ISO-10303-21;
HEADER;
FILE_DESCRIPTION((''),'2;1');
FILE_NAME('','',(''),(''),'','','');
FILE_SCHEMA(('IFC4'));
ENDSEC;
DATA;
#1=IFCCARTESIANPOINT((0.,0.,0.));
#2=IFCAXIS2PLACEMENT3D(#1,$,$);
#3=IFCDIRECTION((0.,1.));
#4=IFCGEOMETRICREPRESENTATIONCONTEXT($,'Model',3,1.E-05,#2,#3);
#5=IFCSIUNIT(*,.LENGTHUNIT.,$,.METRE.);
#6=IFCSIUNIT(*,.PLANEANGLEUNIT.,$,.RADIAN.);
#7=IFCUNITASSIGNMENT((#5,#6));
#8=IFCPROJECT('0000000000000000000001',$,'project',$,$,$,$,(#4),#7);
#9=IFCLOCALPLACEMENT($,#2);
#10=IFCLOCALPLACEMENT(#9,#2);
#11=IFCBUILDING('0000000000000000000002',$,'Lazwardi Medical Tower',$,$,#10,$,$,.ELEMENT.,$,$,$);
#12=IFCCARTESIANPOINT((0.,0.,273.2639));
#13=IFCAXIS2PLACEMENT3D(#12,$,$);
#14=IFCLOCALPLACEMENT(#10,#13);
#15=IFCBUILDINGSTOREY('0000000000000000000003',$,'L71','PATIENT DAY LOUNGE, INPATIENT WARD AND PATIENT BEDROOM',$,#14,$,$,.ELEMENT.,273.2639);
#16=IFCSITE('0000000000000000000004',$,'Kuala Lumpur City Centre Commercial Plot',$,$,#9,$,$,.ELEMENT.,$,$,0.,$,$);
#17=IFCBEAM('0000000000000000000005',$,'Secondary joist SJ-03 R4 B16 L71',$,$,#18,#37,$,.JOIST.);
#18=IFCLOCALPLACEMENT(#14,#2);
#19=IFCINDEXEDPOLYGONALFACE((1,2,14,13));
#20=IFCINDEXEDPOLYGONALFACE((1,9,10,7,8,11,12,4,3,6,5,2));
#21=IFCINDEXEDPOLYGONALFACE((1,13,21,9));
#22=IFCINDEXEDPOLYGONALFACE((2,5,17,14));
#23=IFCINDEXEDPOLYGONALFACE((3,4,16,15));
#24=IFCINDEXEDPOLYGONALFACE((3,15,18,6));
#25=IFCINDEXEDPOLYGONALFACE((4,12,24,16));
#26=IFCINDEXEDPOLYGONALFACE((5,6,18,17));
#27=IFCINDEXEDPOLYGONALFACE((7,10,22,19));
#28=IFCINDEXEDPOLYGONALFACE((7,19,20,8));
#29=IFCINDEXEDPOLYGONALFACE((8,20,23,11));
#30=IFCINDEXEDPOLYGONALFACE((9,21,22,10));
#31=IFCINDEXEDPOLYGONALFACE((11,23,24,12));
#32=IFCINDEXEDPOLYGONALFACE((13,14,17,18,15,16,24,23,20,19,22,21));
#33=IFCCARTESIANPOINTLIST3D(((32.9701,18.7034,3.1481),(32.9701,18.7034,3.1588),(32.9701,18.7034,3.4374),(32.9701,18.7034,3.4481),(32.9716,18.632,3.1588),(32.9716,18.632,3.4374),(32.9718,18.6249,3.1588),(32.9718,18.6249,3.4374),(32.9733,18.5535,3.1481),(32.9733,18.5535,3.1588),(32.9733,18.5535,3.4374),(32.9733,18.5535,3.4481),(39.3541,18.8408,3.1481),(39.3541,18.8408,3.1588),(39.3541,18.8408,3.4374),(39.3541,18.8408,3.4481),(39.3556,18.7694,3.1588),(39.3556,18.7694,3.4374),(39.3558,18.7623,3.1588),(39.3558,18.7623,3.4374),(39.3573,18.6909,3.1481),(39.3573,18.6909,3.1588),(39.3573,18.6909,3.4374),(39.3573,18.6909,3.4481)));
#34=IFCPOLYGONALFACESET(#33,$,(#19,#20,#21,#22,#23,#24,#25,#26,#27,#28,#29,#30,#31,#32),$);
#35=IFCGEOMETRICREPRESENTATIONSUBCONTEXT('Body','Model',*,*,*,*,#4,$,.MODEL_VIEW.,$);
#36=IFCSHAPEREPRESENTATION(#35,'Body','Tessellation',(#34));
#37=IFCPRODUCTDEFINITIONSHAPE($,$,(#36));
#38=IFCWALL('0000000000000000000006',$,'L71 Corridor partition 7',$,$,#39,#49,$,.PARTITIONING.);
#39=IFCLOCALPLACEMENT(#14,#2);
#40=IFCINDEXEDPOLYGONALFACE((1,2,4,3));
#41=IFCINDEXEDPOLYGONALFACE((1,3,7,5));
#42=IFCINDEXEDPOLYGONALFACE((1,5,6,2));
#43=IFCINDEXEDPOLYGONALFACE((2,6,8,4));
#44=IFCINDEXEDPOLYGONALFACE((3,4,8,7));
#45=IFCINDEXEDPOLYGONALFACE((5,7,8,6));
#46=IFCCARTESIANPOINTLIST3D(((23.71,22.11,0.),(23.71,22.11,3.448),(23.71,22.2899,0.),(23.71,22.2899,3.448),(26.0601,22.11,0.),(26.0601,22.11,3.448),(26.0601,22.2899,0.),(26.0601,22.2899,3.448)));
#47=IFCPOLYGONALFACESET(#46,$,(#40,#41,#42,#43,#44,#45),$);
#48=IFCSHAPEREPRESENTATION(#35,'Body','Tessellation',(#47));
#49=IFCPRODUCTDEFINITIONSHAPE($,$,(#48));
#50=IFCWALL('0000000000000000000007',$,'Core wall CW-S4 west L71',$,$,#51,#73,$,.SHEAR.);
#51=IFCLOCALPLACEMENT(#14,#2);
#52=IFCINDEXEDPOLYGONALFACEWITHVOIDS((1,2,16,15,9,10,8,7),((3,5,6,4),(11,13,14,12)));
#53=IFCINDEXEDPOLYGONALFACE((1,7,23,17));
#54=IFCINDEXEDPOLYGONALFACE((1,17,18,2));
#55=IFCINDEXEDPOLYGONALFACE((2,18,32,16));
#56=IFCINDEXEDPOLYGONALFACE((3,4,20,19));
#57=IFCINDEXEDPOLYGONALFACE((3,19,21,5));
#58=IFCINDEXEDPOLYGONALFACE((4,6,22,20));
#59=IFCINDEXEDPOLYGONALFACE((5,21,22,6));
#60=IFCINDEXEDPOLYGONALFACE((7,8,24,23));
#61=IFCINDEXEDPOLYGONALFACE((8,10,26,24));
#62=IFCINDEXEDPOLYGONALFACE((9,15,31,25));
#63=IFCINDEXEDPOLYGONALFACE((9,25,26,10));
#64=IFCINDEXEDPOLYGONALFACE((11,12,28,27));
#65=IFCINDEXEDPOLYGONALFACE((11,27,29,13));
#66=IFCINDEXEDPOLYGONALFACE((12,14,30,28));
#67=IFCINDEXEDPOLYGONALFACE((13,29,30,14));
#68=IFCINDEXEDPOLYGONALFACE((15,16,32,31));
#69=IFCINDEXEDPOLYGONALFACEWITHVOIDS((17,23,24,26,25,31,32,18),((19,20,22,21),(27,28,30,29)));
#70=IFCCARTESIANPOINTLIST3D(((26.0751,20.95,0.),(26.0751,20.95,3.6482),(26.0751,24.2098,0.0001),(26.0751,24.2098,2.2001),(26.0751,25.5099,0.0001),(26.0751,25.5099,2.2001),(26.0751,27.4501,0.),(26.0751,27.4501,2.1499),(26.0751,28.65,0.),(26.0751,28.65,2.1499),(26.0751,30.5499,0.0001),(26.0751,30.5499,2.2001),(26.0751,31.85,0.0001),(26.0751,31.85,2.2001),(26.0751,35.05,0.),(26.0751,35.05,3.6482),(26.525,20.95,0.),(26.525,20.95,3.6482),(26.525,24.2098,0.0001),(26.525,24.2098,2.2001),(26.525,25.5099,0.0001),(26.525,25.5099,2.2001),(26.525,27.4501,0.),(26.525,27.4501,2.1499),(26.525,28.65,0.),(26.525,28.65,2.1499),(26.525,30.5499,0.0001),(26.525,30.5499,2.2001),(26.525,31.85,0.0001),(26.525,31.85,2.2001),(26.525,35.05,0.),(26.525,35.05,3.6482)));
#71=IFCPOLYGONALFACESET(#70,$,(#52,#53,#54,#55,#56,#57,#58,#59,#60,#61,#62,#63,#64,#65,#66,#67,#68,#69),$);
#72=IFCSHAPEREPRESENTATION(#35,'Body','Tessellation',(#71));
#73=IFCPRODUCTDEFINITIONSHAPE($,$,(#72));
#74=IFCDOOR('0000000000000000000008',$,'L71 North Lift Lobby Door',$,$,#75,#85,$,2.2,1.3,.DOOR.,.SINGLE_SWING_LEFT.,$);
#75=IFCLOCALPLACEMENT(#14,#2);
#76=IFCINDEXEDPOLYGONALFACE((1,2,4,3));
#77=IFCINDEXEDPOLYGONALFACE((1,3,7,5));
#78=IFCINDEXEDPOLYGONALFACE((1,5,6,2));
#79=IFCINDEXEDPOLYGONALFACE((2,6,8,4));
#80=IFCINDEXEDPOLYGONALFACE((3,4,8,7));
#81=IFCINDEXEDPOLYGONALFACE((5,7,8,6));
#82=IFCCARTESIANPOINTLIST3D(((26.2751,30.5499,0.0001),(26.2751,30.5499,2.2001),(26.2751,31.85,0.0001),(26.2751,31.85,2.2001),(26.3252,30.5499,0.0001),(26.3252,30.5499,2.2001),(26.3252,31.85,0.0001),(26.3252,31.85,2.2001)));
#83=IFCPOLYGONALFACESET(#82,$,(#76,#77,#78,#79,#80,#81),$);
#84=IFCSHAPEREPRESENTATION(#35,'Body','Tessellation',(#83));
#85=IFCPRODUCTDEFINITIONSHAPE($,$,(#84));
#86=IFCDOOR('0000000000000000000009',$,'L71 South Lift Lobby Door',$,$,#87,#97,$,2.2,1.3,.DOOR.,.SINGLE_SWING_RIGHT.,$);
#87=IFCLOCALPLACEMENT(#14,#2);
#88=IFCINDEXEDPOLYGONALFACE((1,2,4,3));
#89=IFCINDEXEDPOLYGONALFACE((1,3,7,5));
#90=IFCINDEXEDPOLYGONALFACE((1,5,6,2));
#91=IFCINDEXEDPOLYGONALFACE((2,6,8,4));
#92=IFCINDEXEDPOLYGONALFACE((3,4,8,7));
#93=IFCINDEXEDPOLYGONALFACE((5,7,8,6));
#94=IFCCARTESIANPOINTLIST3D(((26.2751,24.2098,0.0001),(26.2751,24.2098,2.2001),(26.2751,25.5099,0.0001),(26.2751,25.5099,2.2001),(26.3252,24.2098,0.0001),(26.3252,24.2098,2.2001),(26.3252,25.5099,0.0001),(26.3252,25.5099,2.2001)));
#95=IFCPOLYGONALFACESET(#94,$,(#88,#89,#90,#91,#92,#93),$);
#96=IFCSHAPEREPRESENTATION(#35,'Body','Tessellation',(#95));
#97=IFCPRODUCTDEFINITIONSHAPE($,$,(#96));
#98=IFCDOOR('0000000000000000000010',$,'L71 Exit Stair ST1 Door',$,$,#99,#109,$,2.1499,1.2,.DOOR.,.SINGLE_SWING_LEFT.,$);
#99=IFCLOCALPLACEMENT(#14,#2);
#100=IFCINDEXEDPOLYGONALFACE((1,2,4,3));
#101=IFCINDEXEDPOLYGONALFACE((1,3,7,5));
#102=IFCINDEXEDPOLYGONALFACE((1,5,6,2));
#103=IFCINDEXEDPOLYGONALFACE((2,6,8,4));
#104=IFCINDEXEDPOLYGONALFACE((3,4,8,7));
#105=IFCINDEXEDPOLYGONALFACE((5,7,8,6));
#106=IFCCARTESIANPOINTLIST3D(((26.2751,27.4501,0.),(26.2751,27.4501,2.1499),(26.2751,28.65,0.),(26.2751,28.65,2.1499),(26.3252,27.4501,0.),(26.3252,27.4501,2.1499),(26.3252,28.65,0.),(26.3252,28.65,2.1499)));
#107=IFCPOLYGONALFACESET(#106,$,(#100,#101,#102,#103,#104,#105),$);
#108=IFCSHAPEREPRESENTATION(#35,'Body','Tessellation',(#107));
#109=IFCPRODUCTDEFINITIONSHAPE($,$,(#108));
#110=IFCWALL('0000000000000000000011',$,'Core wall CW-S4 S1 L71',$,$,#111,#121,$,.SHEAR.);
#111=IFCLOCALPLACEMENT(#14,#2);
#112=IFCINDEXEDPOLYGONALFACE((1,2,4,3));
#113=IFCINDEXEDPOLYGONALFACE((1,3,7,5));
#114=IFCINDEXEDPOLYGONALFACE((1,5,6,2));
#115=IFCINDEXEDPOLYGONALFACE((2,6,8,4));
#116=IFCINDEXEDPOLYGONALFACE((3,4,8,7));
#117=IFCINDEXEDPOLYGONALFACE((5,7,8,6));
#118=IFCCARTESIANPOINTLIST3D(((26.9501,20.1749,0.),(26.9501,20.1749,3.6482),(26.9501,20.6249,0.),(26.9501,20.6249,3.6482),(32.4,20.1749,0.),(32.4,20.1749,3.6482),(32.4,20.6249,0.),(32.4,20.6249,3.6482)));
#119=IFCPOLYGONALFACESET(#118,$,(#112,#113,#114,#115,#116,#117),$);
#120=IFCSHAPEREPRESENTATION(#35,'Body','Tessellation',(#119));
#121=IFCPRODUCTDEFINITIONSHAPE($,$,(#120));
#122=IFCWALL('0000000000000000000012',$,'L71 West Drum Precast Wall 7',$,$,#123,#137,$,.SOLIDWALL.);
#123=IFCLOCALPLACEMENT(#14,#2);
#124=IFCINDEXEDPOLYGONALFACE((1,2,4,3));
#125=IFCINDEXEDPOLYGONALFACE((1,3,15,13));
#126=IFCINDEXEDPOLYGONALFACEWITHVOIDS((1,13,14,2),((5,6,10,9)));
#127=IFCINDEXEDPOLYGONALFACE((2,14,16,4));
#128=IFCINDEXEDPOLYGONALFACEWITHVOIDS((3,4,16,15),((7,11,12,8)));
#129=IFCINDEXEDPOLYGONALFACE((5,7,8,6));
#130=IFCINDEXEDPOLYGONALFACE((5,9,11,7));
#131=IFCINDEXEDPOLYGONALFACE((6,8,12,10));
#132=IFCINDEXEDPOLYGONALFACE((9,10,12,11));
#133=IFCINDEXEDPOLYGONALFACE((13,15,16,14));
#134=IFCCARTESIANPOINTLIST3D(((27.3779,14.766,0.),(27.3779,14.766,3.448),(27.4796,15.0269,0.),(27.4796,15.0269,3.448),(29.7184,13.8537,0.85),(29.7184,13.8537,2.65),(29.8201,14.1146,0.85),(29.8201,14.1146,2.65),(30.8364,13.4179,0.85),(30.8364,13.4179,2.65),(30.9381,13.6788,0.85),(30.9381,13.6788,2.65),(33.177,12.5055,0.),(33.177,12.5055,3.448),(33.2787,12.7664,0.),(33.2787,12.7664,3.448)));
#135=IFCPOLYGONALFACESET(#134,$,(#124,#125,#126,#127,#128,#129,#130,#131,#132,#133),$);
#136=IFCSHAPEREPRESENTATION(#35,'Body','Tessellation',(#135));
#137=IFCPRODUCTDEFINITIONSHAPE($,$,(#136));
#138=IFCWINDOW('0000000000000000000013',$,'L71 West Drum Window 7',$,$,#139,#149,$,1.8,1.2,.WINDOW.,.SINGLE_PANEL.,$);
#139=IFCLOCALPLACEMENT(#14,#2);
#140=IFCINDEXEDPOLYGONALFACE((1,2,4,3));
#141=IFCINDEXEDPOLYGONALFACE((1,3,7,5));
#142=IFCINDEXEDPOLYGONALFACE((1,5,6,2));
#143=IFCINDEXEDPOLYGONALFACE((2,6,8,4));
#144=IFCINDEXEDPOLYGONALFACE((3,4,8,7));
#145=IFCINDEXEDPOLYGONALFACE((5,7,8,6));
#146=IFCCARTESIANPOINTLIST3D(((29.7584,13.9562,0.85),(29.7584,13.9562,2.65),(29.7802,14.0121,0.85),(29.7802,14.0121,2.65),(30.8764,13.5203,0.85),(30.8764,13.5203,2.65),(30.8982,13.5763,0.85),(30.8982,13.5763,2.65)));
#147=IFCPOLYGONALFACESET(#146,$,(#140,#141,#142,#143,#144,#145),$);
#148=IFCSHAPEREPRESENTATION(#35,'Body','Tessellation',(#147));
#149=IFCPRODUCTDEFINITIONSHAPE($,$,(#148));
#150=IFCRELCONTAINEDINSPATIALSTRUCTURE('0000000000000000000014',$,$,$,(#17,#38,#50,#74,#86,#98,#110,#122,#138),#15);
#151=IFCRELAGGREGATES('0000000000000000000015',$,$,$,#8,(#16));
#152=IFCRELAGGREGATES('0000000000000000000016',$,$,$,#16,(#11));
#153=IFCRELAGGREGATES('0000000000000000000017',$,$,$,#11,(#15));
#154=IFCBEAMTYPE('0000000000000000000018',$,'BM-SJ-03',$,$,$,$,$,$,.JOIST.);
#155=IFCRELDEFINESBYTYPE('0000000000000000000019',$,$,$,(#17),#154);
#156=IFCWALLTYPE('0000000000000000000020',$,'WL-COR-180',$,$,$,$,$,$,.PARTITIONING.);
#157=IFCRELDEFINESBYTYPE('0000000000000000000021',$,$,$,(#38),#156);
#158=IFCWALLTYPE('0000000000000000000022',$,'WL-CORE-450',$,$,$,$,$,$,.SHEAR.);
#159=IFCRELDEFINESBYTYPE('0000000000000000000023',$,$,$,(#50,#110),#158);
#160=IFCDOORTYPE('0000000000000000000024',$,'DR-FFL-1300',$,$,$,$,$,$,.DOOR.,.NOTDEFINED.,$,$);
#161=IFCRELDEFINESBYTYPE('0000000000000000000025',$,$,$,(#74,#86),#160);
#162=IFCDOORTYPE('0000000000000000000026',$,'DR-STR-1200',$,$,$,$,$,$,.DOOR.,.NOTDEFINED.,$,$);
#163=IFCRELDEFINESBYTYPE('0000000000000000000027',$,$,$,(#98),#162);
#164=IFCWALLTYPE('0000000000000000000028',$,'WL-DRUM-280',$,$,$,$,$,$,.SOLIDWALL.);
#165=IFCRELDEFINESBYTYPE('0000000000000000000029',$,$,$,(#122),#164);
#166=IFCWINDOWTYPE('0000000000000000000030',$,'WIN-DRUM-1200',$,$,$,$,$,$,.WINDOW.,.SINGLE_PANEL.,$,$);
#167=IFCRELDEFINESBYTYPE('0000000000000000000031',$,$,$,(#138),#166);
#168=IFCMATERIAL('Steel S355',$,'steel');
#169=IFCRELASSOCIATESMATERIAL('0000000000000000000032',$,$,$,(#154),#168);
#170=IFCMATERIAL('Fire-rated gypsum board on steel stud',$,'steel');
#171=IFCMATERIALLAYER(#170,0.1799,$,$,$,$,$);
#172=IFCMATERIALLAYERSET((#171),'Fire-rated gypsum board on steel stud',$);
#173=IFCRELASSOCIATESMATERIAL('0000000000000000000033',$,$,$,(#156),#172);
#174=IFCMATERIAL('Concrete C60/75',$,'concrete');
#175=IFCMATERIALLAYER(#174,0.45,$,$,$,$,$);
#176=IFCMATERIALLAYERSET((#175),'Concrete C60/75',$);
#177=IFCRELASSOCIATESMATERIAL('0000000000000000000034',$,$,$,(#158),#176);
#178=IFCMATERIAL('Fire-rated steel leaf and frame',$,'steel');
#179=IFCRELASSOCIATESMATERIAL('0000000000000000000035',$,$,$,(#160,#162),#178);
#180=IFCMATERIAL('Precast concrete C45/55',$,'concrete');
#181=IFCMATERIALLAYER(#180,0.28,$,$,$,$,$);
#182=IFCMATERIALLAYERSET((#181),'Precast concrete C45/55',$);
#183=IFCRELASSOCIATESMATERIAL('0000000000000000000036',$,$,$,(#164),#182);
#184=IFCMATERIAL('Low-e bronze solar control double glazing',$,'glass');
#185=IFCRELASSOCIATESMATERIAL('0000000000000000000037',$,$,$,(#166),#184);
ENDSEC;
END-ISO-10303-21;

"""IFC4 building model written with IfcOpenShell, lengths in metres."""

from ifc_helpers import new_model, si_unit, direction, frame, frame_2d, origin, origin_2d, place, context, subcontext, project, spatial, rectangle, i_section, extrude, material, layer, layer_set, material_profile, profile_set, type_object, element, fill, save


model = new_model("IFC4")

# Units and contexts
model_context = context("Model", 3, precision=1e-05, world=origin(), true_north=direction((0.0, 1.0)))
body_context = subcontext(model_context, "Body", "Model", "MODEL_VIEW")
ifc_project = project(units=[si_unit("LENGTHUNIT", "METRE"), si_unit("PLANEANGLEUNIT", "RADIAN")], contexts=[model_context])

# Site, building, storey
site_placement = place(None, origin())
site = spatial("IfcSite", under=ifc_project, at=site_placement, Name="Kuala Lumpur City Centre Commercial Plot", CompositionType="ELEMENT", RefElevation=0.0)
building_placement = place(site_placement, origin())
building = spatial("IfcBuilding", under=site, at=building_placement, Name="Lazwardi Medical Tower", CompositionType="ELEMENT")
storey_placement = place(building_placement, frame((0.0, 0.0, 273.2639)))
storey = spatial("IfcBuildingStorey", under=building, at=storey_placement, Name="L71", Description="PATIENT DAY LOUNGE, INPATIENT WARD AND PATIENT BEDROOM", CompositionType="ELEMENT", Elevation=273.2639)

# Shared definitions
ifc_material_1 = material(Name="Concrete C60/75", Category="concrete")

# Beam
ifc_material_2 = material(Name="Steel S355", Category="steel")
ifc_material_profile_1 = material_profile(ifc_material_2, i_section(OverallWidth=0.1499, OverallDepth=0.3, WebThickness=0.0071, FlangeThickness=0.0107, at=origin_2d()), Name="IPE 300")
ifc_profile_set_1 = profile_set([ifc_material_profile_1], Name="Steel S355")
beam_type_1 = type_object("IfcBeamType", Name="BM-SJ-03", PredefinedType="JOIST", material=ifc_profile_set_1)
beam_1_placement = place(storey_placement, frame((32.9717, 18.6284, 3.2981), z_axis=(0.999768, 0.021525, 0.0), x_axis=(-0.021525, 0.999768, 0.0)))
element("IfcBeam", 1, at=beam_1_placement, inside=storey, type_object=beam_type_1, Name="Secondary joist SJ-03 R4 B16 L71", PredefinedType="JOIST", context=body_context, shape_type="SweptSolid", body=[
    extrude(i_section(OverallWidth=0.1499, OverallDepth=0.3, WebThickness=0.0071, FlangeThickness=0.0107, at=origin_2d()), origin(), (0.0, 0.0, 1.0), 6.3855),
])

# Wall
ifc_material_3 = material(Name="Fire-rated gypsum board on steel stud", Category="steel")
ifc_layer_1 = layer(ifc_material_3, 0.1799)
ifc_layer_set_1 = layer_set([ifc_layer_1], Name="Fire-rated gypsum board on steel stud")
wall_type_1 = type_object("IfcWallType", Name="WL-COR-180", PredefinedType="PARTITIONING", material=ifc_layer_set_1)
wall_1_placement = place(storey_placement, frame((26.0601, 22.2, 0.0), z_axis=(0.0, 0.0, 1.0), x_axis=(-1.0, 0.0, 0.0)))
element("IfcWall", 2, at=wall_1_placement, inside=storey, type_object=wall_type_1, Name="L71 Corridor partition 7", PredefinedType="PARTITIONING", context=body_context, shape_type="SweptSolid", body=[
    extrude(rectangle(XDim=2.3501, YDim=0.1799, at=frame_2d((1.175, 0.0))), origin(), (0.0, 0.0, 1.0), 3.448),
])

# Wall, openings, doors
ifc_layer_2 = layer(ifc_material_1, 0.45)
ifc_layer_set_2 = layer_set([ifc_layer_2], Name="Concrete C60/75")
wall_type_2 = type_object("IfcWallType", Name="WL-CORE-450", PredefinedType="SHEAR", material=ifc_layer_set_2)
wall_2_placement = place(storey_placement, frame((26.3, 20.95, 0.0), z_axis=(0.0, 0.0, 1.0), x_axis=(0.0, 1.0, 0.0)))
wall_2 = element("IfcWall", 3, at=wall_2_placement, inside=storey, type_object=wall_type_2, Name="Core wall CW-S4 west L71", PredefinedType="SHEAR", context=body_context, shape_type="SweptSolid", body=[
    extrude(rectangle(XDim=14.1001, YDim=0.45, at=frame_2d((7.05, 0.0))), origin(), (0.0, 0.0, 1.0), 3.6482),
])
opening_1_placement = place(wall_2_placement, frame((6.5, 0.0, 0.0)))
opening_1 = element("IfcOpeningElement", 4, at=opening_1_placement, cuts=wall_2, PredefinedType="OPENING", context=body_context, shape_type="SweptSolid", body=[
    extrude(rectangle(XDim=1.2, YDim=2.1499, at=frame_2d((0.6001, 1.075))), frame((0.0, 0.2349, 0.0), z_axis=(0.0, -1.0, 0.0), x_axis=(1.0, 0.0, 0.0)), (0.0, 0.0, 1.0), 0.47),
])
opening_2_placement = place(wall_2_placement, frame((9.6001, 0.0, 0.0)))
opening_2 = element("IfcOpeningElement", 5, at=opening_2_placement, cuts=wall_2, PredefinedType="OPENING", context=body_context, shape_type="SweptSolid", body=[
    extrude(rectangle(XDim=1.3, YDim=2.2, at=frame_2d((0.6499, 1.1001))), frame((0.0, 0.2349, 0.0), z_axis=(0.0, -1.0, 0.0), x_axis=(1.0, 0.0, 0.0)), (0.0, 0.0, 1.0), 0.47),
])
opening_3_placement = place(wall_2_placement, frame((3.26, 0.0, 0.0)))
opening_3 = element("IfcOpeningElement", 6, at=opening_3_placement, cuts=wall_2, PredefinedType="OPENING", context=body_context, shape_type="SweptSolid", body=[
    extrude(rectangle(XDim=1.3, YDim=2.2, at=frame_2d((0.6499, 1.1001))), frame((0.0, 0.2349, 0.0), z_axis=(0.0, -1.0, 0.0), x_axis=(1.0, 0.0, 0.0)), (0.0, 0.0, 1.0), 0.47),
])
ifc_material_4 = material(Name="Fire-rated steel leaf and frame", Category="steel")
door_type_1 = type_object("IfcDoorType", Name="DR-FFL-1300", OperationType="NOTDEFINED", PredefinedType="DOOR", material=ifc_material_4)
door_1_placement = place(opening_2_placement, origin())
door_1 = element("IfcDoor", 7, at=door_1_placement, inside=storey, type_object=door_type_1, Name="L71 North Lift Lobby Door", OperationType="SINGLE_SWING_LEFT", OverallHeight=2.2, OverallWidth=1.3, PredefinedType="DOOR", context=body_context, shape_type="SweptSolid", body=[
    extrude(rectangle(XDim=1.3, YDim=2.2, at=frame_2d((0.6499, 1.1001))), frame((0.0, 0.0249, 0.0), z_axis=(0.0, -1.0, 0.0), x_axis=(1.0, 0.0, 0.0)), (0.0, 0.0, 1.0), 0.05),
])
fill(opening_2, door_1)
door_2_placement = place(opening_3_placement, origin())
door_2 = element("IfcDoor", 8, at=door_2_placement, inside=storey, type_object=door_type_1, Name="L71 South Lift Lobby Door", OperationType="SINGLE_SWING_RIGHT", OverallHeight=2.2, OverallWidth=1.3, PredefinedType="DOOR", context=body_context, shape_type="SweptSolid", body=[
    extrude(rectangle(XDim=1.3, YDim=2.2, at=frame_2d((0.6499, 1.1001))), frame((0.0, 0.0249, 0.0), z_axis=(0.0, -1.0, 0.0), x_axis=(1.0, 0.0, 0.0)), (0.0, 0.0, 1.0), 0.05),
])
fill(opening_3, door_2)
door_type_2 = type_object("IfcDoorType", Name="DR-STR-1200", OperationType="NOTDEFINED", PredefinedType="DOOR", material=ifc_material_4)
door_3_placement = place(opening_1_placement, origin())
door_3 = element("IfcDoor", 9, at=door_3_placement, inside=storey, type_object=door_type_2, Name="L71 Exit Stair ST1 Door", OperationType="SINGLE_SWING_LEFT", OverallHeight=2.1499, OverallWidth=1.2, PredefinedType="DOOR", context=body_context, shape_type="SweptSolid", body=[
    extrude(rectangle(XDim=1.2, YDim=2.1499, at=frame_2d((0.6001, 1.075))), frame((0.0, 0.0249, 0.0), z_axis=(0.0, -1.0, 0.0), x_axis=(1.0, 0.0, 0.0)), (0.0, 0.0, 1.0), 0.05),
])
fill(opening_1, door_3)

# Wall
wall_3_placement = place(storey_placement, frame((26.95, 20.3999, 0.0), z_axis=(0.0, 0.0, 1.0), x_axis=(1.0, 0.0, 0.0)))
element("IfcWall", 10, at=wall_3_placement, inside=storey, type_object=wall_type_2, Name="Core wall CW-S4 S1 L71", PredefinedType="SHEAR", context=body_context, shape_type="SweptSolid", body=[
    extrude(rectangle(XDim=5.45, YDim=0.45, at=frame_2d((2.7251, 0.0))), origin(), (0.0, 0.0, 1.0), 3.6482),
])

# Wall, opening, window
ifc_material_5 = material(Name="Precast concrete C45/55", Category="concrete")
ifc_layer_3 = layer(ifc_material_5, 0.28)
ifc_layer_set_3 = layer_set([ifc_layer_3], Name="Precast concrete C45/55")
wall_type_3 = type_object("IfcWallType", Name="WL-DRUM-280", PredefinedType="SOLIDWALL", material=ifc_layer_set_3)
wall_4_placement = place(storey_placement, frame((27.4287, 14.8965, 0.0), z_axis=(0.0, 0.0, 1.0), x_axis=(0.931717, -0.363186, 0.0)))
wall_4 = element("IfcWall", 11, at=wall_4_placement, inside=storey, type_object=wall_type_3, Name="L71 West Drum Precast Wall 7", PredefinedType="SOLIDWALL", context=body_context, shape_type="SweptSolid", body=[
    extrude(rectangle(XDim=6.2241, YDim=0.28, at=frame_2d((3.1121, 0.0))), origin(), (0.0, 0.0, 1.0), 3.448),
])
opening_4_placement = place(wall_4_placement, frame((2.512, 0.0, 0.8501)))
opening_4 = element("IfcOpeningElement", 12, at=opening_4_placement, cuts=wall_4, PredefinedType="OPENING", context=body_context, shape_type="SweptSolid", body=[
    extrude(rectangle(XDim=1.2, YDim=1.8, at=frame_2d((0.6001, 0.8999))), frame((0.0, 0.1499, 0.0), z_axis=(0.0, -1.0, 0.0), x_axis=(1.0, 0.0, 0.0)), (0.0, 0.0, 1.0), 0.3),
])
ifc_material_6 = material(Name="Low-e bronze solar control double glazing", Category="glass")
window_type_1 = type_object("IfcWindowType", Name="WIN-DRUM-1200", PartitioningType="SINGLE_PANEL", PredefinedType="WINDOW", material=ifc_material_6)
window_1_placement = place(opening_4_placement, origin())
window_1 = element("IfcWindow", 13, at=window_1_placement, inside=storey, type_object=window_type_1, Name="L71 West Drum Window 7", OverallHeight=1.8, OverallWidth=1.2, PartitioningType="SINGLE_PANEL", PredefinedType="WINDOW", context=body_context, shape_type="SweptSolid", body=[
    extrude(rectangle(XDim=1.2, YDim=1.8, at=frame_2d((0.6001, 0.8999))), frame((0.0, 0.03, 0.0), z_axis=(0.0, -1.0, 0.0), x_axis=(1.0, 0.0, 0.0)), (0.0, 0.0, 1.0), 0.0601),
])
fill(opening_4, window_1)

save(model, "model.ifc")
